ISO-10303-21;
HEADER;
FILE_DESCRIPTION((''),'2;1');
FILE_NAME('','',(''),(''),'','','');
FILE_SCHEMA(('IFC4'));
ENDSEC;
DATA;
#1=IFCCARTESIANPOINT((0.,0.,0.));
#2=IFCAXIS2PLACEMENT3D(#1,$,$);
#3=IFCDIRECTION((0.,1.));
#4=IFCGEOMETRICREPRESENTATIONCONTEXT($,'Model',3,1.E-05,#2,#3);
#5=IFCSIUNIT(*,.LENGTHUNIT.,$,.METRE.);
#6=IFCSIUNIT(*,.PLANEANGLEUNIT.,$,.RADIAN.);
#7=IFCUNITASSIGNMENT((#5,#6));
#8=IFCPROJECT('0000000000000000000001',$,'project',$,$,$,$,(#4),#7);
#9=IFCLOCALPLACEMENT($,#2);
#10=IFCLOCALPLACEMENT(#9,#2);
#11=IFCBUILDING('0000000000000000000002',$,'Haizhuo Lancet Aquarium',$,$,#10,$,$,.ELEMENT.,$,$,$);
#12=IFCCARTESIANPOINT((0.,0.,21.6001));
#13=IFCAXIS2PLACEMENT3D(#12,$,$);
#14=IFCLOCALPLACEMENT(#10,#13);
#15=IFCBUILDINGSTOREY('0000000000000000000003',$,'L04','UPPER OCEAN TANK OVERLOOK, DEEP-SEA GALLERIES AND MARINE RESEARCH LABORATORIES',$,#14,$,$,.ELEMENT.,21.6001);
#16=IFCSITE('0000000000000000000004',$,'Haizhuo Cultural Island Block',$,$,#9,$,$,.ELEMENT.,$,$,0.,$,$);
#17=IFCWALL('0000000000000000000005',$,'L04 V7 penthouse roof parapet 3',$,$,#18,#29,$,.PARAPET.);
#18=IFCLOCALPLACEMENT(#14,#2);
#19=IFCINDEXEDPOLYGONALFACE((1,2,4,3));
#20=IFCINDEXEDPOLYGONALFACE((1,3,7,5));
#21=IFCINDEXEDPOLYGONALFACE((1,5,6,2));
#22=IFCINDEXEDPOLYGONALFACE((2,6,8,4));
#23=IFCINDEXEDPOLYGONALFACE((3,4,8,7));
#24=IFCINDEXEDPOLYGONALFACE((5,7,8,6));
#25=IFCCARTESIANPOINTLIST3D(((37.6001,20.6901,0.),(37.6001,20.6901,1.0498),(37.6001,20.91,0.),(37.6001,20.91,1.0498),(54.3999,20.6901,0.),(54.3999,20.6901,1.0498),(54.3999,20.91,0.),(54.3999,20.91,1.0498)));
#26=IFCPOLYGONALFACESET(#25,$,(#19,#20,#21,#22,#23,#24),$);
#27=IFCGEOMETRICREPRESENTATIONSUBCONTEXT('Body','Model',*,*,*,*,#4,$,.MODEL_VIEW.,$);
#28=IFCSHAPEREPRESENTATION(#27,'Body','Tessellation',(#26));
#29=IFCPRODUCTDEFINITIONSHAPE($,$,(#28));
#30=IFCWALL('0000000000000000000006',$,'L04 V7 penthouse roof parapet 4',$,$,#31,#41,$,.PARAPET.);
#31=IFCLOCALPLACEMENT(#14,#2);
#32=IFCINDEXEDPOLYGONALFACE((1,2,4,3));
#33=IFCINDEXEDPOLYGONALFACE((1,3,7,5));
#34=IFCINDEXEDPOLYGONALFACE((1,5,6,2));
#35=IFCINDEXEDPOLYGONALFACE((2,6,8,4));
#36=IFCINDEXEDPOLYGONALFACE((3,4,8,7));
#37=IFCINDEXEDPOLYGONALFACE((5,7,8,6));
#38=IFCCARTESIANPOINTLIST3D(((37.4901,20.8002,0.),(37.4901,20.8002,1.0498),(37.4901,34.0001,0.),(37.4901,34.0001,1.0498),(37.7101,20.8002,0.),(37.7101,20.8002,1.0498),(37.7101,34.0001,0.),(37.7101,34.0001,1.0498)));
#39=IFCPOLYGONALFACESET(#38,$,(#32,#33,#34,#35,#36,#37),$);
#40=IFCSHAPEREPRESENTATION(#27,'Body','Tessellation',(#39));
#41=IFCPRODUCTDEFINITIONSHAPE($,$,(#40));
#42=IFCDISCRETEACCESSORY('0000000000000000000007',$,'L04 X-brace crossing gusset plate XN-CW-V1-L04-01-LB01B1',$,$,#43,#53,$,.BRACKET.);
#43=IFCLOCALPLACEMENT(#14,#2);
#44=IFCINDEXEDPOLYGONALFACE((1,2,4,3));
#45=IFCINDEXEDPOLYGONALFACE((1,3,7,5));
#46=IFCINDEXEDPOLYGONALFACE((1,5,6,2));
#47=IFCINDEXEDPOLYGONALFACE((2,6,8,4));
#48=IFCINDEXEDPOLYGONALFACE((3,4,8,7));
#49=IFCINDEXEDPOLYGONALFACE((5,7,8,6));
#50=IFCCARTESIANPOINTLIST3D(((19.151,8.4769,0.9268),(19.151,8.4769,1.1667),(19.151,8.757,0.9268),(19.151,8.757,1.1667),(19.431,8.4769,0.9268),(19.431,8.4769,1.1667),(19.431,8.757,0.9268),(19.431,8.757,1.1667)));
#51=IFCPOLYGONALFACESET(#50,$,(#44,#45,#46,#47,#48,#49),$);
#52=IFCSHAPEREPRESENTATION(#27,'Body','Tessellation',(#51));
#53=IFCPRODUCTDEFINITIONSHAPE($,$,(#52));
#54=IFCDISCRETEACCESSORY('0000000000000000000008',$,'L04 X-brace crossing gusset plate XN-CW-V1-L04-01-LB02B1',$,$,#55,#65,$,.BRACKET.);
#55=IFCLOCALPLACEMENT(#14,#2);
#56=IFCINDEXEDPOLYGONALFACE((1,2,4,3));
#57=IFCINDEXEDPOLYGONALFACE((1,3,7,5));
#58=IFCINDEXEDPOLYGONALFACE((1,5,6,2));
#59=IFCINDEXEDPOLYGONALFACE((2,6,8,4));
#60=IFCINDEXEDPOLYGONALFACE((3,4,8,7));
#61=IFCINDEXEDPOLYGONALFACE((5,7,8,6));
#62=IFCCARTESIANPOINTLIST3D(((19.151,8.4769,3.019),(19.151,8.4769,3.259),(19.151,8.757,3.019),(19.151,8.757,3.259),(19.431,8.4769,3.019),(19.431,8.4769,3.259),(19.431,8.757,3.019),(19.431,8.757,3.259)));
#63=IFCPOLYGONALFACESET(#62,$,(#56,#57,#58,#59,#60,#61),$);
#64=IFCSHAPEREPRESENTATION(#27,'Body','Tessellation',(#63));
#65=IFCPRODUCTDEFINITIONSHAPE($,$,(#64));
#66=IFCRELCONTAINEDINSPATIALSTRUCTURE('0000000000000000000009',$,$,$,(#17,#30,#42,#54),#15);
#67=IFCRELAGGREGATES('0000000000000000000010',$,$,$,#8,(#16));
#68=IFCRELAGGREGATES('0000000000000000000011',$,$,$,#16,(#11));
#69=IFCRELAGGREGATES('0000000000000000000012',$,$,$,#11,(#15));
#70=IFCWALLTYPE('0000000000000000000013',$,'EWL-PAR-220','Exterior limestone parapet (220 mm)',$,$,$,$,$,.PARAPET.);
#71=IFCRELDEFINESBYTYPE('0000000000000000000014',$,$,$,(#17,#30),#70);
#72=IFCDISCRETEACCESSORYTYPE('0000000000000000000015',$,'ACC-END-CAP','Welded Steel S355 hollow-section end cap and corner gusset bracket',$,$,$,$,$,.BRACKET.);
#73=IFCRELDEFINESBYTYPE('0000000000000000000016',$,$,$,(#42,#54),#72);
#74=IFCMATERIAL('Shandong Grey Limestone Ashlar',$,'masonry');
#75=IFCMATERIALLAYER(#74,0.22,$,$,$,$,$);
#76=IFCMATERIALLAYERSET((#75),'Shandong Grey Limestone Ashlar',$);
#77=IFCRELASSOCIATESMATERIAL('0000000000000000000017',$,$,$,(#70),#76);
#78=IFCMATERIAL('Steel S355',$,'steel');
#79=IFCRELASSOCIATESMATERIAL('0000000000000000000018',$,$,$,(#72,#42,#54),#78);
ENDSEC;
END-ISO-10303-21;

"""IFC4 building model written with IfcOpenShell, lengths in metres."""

from ifc_helpers import new_model, si_unit, direction, frame, frame_2d, origin, origin_2d, place, context, subcontext, project, spatial, rectangle, extrude, material, layer, layer_set, type_object, element, save


model = new_model("IFC4")

# Units and contexts
model_context = context("Model", 3, precision=1e-05, world=origin(), true_north=direction((0.0, 1.0)))
body_context = subcontext(model_context, "Body", "Model", "MODEL_VIEW")
ifc_project = project(units=[si_unit("LENGTHUNIT", "METRE"), si_unit("PLANEANGLEUNIT", "RADIAN")], contexts=[model_context])

# Site, building, storey
site_placement = place(None, origin())
site = spatial("IfcSite", under=ifc_project, at=site_placement, Name="Haizhuo Cultural Island Block", CompositionType="ELEMENT", RefElevation=0.0)
building_placement = place(site_placement, origin())
building = spatial("IfcBuilding", under=site, at=building_placement, Name="Haizhuo Lancet Aquarium", CompositionType="ELEMENT")
storey_placement = place(building_placement, frame((0.0, 0.0, 21.6001)))
storey = spatial("IfcBuildingStorey", under=building, at=storey_placement, Name="L04", Description="UPPER OCEAN TANK OVERLOOK, DEEP-SEA GALLERIES AND MARINE RESEARCH LABORATORIES", CompositionType="ELEMENT", Elevation=21.6001)

# Shared definitions
ifc_material_1 = material(Name="Steel S355", Category="steel")

# Walls
ifc_material_2 = material(Name="Shandong Grey Limestone Ashlar", Category="masonry")
ifc_layer_1 = layer(ifc_material_2, 0.22)
ifc_layer_set_1 = layer_set([ifc_layer_1], Name="Shandong Grey Limestone Ashlar")
wall_type = type_object("IfcWallType", Name="EWL-PAR-220", Description="Exterior limestone parapet (220 mm)", PredefinedType="PARAPET", material=ifc_layer_set_1)
wall_1_placement = place(storey_placement, frame((54.3999, 20.8, 0.0), z_axis=(0.0, 0.0, 1.0), x_axis=(-1.0, 0.0, 0.0)))
element("IfcWall", 1, at=wall_1_placement, inside=storey, type_object=wall_type, Name="L04 V7 penthouse roof parapet 3", PredefinedType="PARAPET", context=body_context, shape_type="SweptSolid", body=[
    extrude(rectangle(XDim=16.7998, YDim=0.22, at=frame_2d((8.3999, 0.0))), origin(), (0.0, 0.0, 1.0), 1.0498),
])
wall_2_placement = place(storey_placement, frame((37.6001, 20.8, 0.0), z_axis=(0.0, 0.0, 1.0), x_axis=(0.0, 1.0, 0.0)))
element("IfcWall", 2, at=wall_2_placement, inside=storey, type_object=wall_type, Name="L04 V7 penthouse roof parapet 4", PredefinedType="PARAPET", context=body_context, shape_type="SweptSolid", body=[
    extrude(rectangle(XDim=13.2, YDim=0.22, at=frame_2d((6.6001, 0.0))), origin(), (0.0, 0.0, 1.0), 1.0498),
])

# Discrete accessories
discrete_accessory_type = type_object("IfcDiscreteAccessoryType", Name="ACC-END-CAP", Description="Welded Steel S355 hollow-section end cap and corner gusset bracket", PredefinedType="BRACKET", material=ifc_material_1)
for number, where, z_axis, x_axis, name in (
    (3, (19.291, 8.6169, 0.9268), (0.0, 0.0, 1.0), (1.0, 0.0, 0.0), "L04 X-brace crossing gusset plate XN-CW-V1-L04-01-LB01B1"),
    (4, (19.291, 8.6169, 3.019), (0.0, 0.0, 1.0), (1.0, 0.0, 0.0), "L04 X-brace crossing gusset plate XN-CW-V1-L04-01-LB02B1"),
):
    element("IfcDiscreteAccessory", number, at=place(storey_placement, frame(where, z_axis=z_axis, x_axis=x_axis)), inside=storey, type_object=discrete_accessory_type, material=ifc_material_1, Name=name, PredefinedType="BRACKET", context=body_context, shape_type="SweptSolid", body=[
        extrude(rectangle(XDim=0.28, YDim=0.28, at=origin_2d()), origin(), (0.0, 0.0, 1.0), 0.24),
    ])

save(model, "model.ifc")
